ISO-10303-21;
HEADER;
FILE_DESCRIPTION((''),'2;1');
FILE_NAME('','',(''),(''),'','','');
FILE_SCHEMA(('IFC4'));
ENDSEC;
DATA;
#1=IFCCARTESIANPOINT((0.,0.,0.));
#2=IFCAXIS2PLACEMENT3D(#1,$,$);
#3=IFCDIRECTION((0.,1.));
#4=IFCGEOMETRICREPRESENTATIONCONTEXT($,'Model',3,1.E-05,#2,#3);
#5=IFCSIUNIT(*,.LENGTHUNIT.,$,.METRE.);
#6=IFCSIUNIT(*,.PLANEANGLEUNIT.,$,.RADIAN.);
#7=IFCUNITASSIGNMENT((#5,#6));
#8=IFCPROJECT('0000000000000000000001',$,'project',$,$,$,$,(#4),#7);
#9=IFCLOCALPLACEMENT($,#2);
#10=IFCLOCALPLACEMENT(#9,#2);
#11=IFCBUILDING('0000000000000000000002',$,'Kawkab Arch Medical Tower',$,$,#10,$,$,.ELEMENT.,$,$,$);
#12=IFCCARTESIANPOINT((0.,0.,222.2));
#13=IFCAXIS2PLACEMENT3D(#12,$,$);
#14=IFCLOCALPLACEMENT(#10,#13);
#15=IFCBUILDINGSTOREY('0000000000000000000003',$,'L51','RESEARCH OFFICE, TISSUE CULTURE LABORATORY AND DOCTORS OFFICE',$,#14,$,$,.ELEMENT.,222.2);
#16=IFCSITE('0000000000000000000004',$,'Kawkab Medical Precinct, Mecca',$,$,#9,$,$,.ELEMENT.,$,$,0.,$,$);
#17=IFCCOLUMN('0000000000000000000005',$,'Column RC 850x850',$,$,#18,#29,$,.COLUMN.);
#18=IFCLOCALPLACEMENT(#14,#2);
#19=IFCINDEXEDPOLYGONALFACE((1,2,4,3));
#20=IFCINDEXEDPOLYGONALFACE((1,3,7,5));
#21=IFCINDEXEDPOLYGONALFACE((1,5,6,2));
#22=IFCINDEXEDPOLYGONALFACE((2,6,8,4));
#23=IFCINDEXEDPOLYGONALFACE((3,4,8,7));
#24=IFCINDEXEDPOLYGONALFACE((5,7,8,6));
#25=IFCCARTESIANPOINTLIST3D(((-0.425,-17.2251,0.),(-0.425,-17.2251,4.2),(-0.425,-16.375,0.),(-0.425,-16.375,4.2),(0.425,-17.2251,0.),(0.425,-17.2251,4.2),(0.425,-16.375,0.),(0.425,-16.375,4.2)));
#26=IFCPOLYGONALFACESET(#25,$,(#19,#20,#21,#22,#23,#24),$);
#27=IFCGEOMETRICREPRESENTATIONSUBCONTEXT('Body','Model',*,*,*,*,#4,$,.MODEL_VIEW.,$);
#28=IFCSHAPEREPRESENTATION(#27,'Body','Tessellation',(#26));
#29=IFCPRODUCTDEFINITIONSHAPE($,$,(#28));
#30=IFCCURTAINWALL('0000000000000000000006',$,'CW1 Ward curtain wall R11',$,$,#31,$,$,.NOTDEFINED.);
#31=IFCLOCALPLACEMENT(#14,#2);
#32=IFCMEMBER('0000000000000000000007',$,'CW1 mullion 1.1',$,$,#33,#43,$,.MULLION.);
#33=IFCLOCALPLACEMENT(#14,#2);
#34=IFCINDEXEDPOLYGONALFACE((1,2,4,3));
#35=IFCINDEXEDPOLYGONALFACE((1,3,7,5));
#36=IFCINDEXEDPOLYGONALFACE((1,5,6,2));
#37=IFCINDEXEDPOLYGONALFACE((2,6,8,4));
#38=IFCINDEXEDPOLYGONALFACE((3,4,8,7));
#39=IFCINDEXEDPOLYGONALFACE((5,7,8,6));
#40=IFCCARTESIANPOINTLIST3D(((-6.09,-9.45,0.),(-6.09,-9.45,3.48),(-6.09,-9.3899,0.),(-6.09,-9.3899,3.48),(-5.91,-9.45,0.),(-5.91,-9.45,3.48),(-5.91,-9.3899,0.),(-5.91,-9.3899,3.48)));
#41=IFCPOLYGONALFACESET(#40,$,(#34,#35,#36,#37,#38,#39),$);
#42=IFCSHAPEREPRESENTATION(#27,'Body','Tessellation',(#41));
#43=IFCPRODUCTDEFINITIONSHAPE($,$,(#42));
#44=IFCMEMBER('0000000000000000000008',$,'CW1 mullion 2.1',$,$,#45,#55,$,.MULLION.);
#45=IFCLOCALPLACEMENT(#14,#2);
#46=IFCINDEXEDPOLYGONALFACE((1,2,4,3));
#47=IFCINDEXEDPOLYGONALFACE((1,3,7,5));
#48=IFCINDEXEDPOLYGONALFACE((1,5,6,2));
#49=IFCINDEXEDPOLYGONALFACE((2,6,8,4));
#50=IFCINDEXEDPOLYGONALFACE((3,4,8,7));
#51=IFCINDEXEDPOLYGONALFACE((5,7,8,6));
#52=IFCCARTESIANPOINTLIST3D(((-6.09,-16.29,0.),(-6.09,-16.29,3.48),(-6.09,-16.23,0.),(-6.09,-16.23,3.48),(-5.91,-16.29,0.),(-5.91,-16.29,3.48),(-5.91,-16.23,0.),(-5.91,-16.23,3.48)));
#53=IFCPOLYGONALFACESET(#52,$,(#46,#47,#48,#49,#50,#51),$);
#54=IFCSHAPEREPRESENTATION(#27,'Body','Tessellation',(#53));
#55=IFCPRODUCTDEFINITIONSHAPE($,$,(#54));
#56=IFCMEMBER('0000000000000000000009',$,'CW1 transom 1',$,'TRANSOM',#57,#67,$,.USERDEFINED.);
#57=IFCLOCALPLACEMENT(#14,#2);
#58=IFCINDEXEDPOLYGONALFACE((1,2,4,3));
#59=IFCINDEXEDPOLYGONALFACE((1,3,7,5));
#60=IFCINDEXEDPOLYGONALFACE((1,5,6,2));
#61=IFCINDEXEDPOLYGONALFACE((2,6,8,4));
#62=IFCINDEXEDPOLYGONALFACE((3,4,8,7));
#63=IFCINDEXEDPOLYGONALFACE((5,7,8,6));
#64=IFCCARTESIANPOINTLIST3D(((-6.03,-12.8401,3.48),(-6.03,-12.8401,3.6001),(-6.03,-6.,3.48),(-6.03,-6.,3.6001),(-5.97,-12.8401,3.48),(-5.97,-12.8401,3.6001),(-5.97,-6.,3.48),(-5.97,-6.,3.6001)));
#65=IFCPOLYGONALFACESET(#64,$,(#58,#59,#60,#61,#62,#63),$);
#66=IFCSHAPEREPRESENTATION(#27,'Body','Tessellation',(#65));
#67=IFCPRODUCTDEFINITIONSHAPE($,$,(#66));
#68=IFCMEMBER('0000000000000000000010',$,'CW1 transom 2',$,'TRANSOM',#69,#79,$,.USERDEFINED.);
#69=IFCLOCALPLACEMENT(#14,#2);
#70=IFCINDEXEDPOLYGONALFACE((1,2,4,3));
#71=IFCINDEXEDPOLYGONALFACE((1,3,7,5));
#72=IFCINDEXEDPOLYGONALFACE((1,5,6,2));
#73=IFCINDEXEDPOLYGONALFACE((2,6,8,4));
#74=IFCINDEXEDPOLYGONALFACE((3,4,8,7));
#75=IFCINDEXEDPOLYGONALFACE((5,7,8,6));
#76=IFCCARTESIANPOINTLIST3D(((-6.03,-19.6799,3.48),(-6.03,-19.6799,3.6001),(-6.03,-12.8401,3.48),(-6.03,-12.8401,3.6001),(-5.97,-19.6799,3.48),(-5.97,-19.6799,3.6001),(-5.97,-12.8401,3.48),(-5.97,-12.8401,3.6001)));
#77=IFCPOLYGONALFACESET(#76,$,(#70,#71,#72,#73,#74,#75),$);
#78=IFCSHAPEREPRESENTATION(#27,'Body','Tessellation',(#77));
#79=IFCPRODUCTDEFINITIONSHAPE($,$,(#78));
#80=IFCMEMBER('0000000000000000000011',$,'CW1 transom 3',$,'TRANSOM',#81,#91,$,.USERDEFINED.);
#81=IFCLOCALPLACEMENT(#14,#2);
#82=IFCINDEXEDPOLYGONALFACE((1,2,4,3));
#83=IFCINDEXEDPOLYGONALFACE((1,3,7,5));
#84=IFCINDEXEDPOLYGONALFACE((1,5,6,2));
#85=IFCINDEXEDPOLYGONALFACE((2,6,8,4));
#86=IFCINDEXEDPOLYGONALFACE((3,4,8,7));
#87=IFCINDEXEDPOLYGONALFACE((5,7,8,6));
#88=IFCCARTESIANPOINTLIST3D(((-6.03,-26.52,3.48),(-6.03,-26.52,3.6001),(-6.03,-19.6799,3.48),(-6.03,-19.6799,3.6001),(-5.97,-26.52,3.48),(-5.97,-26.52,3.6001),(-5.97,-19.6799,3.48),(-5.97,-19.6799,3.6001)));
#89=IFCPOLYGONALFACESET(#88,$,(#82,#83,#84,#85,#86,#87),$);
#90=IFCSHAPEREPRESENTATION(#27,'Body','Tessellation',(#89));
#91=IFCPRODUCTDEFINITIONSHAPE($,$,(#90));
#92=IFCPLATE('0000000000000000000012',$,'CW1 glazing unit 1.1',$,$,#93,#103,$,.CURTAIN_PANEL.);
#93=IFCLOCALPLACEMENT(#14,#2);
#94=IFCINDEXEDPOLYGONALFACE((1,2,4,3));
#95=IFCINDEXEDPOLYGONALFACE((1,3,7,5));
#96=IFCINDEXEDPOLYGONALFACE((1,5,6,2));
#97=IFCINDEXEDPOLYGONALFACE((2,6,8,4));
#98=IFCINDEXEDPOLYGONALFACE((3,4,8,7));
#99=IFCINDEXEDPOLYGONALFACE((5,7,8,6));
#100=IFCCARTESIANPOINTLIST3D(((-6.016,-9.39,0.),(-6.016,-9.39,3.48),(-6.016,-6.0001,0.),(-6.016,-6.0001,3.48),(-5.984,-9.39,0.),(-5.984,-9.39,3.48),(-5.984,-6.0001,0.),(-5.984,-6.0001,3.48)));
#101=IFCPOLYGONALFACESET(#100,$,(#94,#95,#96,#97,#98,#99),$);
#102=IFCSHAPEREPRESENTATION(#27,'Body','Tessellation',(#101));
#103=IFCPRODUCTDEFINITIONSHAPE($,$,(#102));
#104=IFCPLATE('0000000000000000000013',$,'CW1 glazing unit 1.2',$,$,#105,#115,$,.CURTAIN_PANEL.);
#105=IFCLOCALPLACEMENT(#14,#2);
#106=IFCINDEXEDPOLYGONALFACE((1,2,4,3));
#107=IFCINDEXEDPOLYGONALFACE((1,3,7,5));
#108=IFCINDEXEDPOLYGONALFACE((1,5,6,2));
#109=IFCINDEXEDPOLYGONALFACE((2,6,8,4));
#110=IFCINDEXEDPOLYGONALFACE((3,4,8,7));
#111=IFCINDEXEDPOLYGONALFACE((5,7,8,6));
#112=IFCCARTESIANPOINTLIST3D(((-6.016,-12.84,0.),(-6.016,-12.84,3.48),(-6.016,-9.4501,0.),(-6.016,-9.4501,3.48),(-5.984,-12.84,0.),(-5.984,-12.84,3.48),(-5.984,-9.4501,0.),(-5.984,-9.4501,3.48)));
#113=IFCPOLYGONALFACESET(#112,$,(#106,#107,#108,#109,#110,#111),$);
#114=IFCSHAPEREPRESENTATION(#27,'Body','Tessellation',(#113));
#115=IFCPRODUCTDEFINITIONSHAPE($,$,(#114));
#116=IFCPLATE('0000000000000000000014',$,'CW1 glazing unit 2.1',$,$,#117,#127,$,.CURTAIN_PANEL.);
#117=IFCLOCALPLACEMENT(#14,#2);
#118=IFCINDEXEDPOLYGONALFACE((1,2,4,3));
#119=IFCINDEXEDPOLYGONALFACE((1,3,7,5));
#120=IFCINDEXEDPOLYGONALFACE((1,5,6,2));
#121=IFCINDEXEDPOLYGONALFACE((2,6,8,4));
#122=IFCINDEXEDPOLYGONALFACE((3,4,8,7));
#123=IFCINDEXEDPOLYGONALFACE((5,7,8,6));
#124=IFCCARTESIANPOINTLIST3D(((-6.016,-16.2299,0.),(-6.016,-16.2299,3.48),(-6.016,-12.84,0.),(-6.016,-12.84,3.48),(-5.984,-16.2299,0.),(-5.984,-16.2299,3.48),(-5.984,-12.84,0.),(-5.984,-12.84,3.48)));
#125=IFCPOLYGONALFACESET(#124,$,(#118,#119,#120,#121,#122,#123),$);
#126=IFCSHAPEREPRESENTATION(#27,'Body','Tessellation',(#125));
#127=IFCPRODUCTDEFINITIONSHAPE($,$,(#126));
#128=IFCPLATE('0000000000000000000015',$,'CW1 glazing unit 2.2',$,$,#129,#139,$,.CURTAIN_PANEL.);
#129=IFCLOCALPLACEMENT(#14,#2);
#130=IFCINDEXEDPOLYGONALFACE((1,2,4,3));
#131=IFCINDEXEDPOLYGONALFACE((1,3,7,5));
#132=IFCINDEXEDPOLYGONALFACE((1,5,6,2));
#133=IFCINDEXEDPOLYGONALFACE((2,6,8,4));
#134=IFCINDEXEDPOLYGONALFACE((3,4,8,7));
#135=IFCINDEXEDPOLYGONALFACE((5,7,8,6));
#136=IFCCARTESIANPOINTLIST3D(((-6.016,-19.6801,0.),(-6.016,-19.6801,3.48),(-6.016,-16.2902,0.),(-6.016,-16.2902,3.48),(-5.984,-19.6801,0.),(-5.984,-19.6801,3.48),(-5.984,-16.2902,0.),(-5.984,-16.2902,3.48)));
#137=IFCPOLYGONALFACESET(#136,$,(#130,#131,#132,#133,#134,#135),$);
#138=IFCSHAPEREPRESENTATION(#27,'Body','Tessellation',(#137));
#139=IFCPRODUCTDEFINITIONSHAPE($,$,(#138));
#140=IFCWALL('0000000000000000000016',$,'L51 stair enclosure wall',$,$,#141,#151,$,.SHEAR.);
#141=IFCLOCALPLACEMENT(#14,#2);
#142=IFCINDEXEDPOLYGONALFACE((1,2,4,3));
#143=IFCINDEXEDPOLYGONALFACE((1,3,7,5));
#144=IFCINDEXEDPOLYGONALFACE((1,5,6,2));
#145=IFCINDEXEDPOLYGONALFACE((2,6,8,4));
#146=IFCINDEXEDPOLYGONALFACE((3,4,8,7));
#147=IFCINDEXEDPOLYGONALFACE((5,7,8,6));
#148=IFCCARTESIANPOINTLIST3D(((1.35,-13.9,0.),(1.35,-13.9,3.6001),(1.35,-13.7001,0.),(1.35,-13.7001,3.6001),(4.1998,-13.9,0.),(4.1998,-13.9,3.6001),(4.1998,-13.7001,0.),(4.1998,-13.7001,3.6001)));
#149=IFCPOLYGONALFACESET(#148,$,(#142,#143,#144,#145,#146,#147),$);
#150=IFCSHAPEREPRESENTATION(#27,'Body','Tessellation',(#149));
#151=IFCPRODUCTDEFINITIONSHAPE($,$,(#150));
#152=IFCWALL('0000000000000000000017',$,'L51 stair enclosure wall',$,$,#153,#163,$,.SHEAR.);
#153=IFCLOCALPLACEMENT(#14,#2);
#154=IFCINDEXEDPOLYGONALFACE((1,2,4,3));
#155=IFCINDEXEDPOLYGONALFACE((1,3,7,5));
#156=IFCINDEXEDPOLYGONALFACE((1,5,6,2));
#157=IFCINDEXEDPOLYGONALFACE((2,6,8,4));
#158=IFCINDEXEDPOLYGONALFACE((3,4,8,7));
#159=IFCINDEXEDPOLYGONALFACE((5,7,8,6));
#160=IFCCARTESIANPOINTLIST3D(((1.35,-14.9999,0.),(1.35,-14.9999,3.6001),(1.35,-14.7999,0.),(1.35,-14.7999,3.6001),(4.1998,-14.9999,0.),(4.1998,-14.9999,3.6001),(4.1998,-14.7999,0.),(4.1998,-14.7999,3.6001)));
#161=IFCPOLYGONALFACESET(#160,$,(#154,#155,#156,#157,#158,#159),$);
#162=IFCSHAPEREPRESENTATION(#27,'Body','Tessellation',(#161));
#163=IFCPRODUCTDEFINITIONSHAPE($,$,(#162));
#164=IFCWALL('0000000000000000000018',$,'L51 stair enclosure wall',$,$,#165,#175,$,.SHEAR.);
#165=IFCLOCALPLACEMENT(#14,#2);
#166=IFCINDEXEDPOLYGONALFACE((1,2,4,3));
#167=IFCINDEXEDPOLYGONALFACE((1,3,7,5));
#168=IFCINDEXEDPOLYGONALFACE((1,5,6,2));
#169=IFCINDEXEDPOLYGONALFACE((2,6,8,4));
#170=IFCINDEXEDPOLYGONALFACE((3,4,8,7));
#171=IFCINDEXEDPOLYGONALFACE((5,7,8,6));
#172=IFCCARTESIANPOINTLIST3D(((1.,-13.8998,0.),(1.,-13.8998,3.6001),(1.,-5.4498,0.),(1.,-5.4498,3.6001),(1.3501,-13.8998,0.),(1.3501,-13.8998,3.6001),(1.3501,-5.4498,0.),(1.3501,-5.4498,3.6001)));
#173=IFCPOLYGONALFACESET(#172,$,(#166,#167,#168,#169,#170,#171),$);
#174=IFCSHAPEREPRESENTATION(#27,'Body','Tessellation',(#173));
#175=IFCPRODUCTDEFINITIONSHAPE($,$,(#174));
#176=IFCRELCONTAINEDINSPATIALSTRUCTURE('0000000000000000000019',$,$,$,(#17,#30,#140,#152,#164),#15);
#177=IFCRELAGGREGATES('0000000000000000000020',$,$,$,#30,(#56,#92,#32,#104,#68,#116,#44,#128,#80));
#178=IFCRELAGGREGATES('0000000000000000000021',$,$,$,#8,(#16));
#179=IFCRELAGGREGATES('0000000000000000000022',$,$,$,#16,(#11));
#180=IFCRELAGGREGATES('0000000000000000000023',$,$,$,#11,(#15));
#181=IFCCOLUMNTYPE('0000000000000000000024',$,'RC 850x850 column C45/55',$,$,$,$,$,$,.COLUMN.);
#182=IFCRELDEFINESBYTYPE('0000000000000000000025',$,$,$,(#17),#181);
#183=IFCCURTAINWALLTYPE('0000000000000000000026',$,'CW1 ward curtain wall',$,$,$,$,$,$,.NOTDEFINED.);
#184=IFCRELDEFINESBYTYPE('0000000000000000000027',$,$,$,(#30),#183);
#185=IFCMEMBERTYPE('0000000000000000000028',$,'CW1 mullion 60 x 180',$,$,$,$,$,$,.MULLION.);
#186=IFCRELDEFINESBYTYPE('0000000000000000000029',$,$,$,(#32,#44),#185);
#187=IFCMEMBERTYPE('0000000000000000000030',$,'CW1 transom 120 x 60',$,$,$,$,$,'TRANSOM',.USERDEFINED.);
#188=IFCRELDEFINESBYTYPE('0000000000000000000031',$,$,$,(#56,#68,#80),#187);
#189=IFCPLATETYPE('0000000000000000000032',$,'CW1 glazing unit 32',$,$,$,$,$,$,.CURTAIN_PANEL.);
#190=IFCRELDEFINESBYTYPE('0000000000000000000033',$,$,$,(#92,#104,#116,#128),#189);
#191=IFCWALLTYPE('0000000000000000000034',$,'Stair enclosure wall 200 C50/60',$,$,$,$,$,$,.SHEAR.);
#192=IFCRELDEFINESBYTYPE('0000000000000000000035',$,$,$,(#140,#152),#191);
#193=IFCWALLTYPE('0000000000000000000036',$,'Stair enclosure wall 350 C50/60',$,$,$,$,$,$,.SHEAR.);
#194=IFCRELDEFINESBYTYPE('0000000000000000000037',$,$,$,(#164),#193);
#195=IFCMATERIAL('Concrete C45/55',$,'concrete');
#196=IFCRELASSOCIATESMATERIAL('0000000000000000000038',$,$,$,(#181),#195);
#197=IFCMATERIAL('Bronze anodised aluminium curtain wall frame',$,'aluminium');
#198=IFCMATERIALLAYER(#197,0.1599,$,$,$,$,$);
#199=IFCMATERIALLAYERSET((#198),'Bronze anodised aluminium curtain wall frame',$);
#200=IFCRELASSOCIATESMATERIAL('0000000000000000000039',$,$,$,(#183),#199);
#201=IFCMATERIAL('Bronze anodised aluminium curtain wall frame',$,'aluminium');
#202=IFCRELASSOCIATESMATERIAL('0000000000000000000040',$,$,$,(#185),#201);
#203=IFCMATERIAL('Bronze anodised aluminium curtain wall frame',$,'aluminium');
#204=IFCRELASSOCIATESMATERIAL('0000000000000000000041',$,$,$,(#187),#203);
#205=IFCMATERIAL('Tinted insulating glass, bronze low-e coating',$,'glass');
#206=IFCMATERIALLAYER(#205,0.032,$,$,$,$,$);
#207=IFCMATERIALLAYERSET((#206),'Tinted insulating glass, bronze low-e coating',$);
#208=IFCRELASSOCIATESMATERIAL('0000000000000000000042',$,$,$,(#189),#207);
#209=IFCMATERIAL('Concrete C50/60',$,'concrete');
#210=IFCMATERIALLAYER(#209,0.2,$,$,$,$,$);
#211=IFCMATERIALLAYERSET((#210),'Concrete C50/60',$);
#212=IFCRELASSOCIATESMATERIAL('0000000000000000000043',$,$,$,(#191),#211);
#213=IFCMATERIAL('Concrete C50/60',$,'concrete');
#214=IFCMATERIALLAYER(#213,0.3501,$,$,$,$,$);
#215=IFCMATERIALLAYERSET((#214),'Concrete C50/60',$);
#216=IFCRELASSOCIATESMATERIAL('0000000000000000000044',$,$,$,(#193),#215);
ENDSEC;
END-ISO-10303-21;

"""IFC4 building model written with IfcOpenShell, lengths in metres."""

from ifc_helpers import new_model, si_unit, direction, frame, frame_2d, origin, origin_2d, place, context, subcontext, project, spatial, rectangle, extrude, material, layer, layer_set, material_profile, profile_set, type_object, element, aggregate, save


model = new_model("IFC4")

# Units and contexts
model_context = context("Model", 3, precision=1e-05, world=origin(), true_north=direction((0.0, 1.0)))
body_context = subcontext(model_context, "Body", "Model", "MODEL_VIEW")
ifc_project = project(units=[si_unit("LENGTHUNIT", "METRE"), si_unit("PLANEANGLEUNIT", "RADIAN")], contexts=[model_context])

# Site, building, storey
site_placement = place(None, origin())
site = spatial("IfcSite", under=ifc_project, at=site_placement, Name="Kawkab Medical Precinct, Mecca", CompositionType="ELEMENT", RefElevation=0.0)
building_placement = place(site_placement, origin())
building = spatial("IfcBuilding", under=site, at=building_placement, Name="Kawkab Arch Medical Tower", CompositionType="ELEMENT")
storey_placement = place(building_placement, frame((0.0, 0.0, 222.2)))
storey = spatial("IfcBuildingStorey", under=building, at=storey_placement, Name="L51", Description="RESEARCH OFFICE, TISSUE CULTURE LABORATORY AND DOCTORS OFFICE", CompositionType="ELEMENT", Elevation=222.2)

# Column
ifc_material_1 = material(Name="Concrete C45/55", Category="concrete")
ifc_material_profile_1 = material_profile(ifc_material_1, rectangle(XDim=0.8501, YDim=0.8501, at=origin_2d()), Name="RC 850x850")
ifc_profile_set_1 = profile_set([ifc_material_profile_1], Name="Concrete C45/55")
column_type = type_object("IfcColumnType", Name="RC 850x850 column C45/55", PredefinedType="COLUMN", material=ifc_profile_set_1)
column_placement = place(storey_placement, frame((0.0, -16.8, 0.0), z_axis=(0.0, 0.0, 1.0), x_axis=(1.0, 0.0, 0.0)))
element("IfcColumn", 1, at=column_placement, inside=storey, type_object=column_type, Name="Column RC 850x850", PredefinedType="COLUMN", context=body_context, shape_type="SweptSolid", body=[
    extrude(rectangle(XDim=0.8501, YDim=0.8501, at=origin_2d()), origin(), (0.0, 0.0, 1.0), 4.2),
])

# Curtain wall, members, plates
ifc_material_2 = material(Name="Bronze anodised aluminium curtain wall frame", Category="aluminium")
ifc_layer_1 = layer(ifc_material_2, 0.1599)
ifc_layer_set_1 = layer_set([ifc_layer_1], Name="Bronze anodised aluminium curtain wall frame")
curtain_wall_type = type_object("IfcCurtainWallType", Name="CW1 ward curtain wall", PredefinedType="NOTDEFINED", material=ifc_layer_set_1)
placement = place(storey_placement, origin())
curtain_wall = element("IfcCurtainWall", 2, at=placement, inside=storey, type_object=curtain_wall_type, Name="CW1 Ward curtain wall R11", PredefinedType="NOTDEFINED")
ifc_material_3 = material(Name="Bronze anodised aluminium curtain wall frame", Category="aluminium")
ifc_material_profile_2 = material_profile(ifc_material_3, rectangle(XDim=0.1799, YDim=0.0601, at=origin_2d()), Name="AL 60x180")
ifc_profile_set_2 = profile_set([ifc_material_profile_2], Name="Bronze anodised aluminium curtain wall frame")
member_type_1 = type_object("IfcMemberType", Name="CW1 mullion 60 x 180", PredefinedType="MULLION", material=ifc_profile_set_2)
member_1_placement = place(storey_placement, frame((-6.0, -9.4199, 0.0), z_axis=(0.0, 0.0, 1.0), x_axis=(1.0, 0.0, 0.0)))
member_1 = element("IfcMember", 3, at=member_1_placement, type_object=member_type_1, Name="CW1 mullion 1.1", PredefinedType="MULLION", context=body_context, shape_type="SweptSolid", body=[
    extrude(rectangle(XDim=0.1799, YDim=0.0601, at=origin_2d()), origin(), (0.0, 0.0, 1.0), 3.48),
])
member_2_placement = place(storey_placement, frame((-6.0, -16.26, 0.0), z_axis=(0.0, 0.0, 1.0), x_axis=(1.0, 0.0, 0.0)))
member_2 = element("IfcMember", 4, at=member_2_placement, type_object=member_type_1, Name="CW1 mullion 2.1", PredefinedType="MULLION", context=body_context, shape_type="SweptSolid", body=[
    extrude(rectangle(XDim=0.1799, YDim=0.0601, at=origin_2d()), origin(), (0.0, 0.0, 1.0), 3.48),
])
ifc_material_4 = material(Name="Bronze anodised aluminium curtain wall frame", Category="aluminium")
ifc_material_profile_3 = material_profile(ifc_material_4, rectangle(XDim=0.0601, YDim=0.1201, at=origin_2d()), Name="AL 60x120")
ifc_profile_set_3 = profile_set([ifc_material_profile_3], Name="Bronze anodised aluminium curtain wall frame")
member_type_2 = type_object("IfcMemberType", Name="CW1 transom 120 x 60", ElementType="TRANSOM", PredefinedType="USERDEFINED", material=ifc_profile_set_3)
member_3_placement = place(storey_placement, frame((-6.0, -6.0, 3.54), z_axis=(0.0, -1.0, 0.0), x_axis=(1.0, 0.0, 0.0)))
member_3 = element("IfcMember", 5, at=member_3_placement, type_object=member_type_2, Name="CW1 transom 1", ObjectType="TRANSOM", PredefinedType="USERDEFINED", context=body_context, shape_type="SweptSolid", body=[
    extrude(rectangle(XDim=0.0601, YDim=0.1201, at=origin_2d()), origin(), (0.0, 0.0, 1.0), 6.8401),
])
member_4_placement = place(storey_placement, frame((-6.0, -12.8401, 3.54), z_axis=(0.0, -1.0, 0.0), x_axis=(1.0, 0.0, 0.0)))
member_4 = element("IfcMember", 6, at=member_4_placement, type_object=member_type_2, Name="CW1 transom 2", ObjectType="TRANSOM", PredefinedType="USERDEFINED", context=body_context, shape_type="SweptSolid", body=[
    extrude(rectangle(XDim=0.0601, YDim=0.1201, at=origin_2d()), origin(), (0.0, 0.0, 1.0), 6.8398),
])
member_5_placement = place(storey_placement, frame((-6.0, -19.6799, 3.54), z_axis=(0.0, -1.0, 0.0), x_axis=(1.0, 0.0, 0.0)))
member_5 = element("IfcMember", 7, at=member_5_placement, type_object=member_type_2, Name="CW1 transom 3", ObjectType="TRANSOM", PredefinedType="USERDEFINED", context=body_context, shape_type="SweptSolid", body=[
    extrude(rectangle(XDim=0.0601, YDim=0.1201, at=origin_2d()), origin(), (0.0, 0.0, 1.0), 6.8401),
])
ifc_material_5 = material(Name="Tinted insulating glass, bronze low-e coating", Category="glass")
ifc_layer_2 = layer(ifc_material_5, 0.032)
ifc_layer_set_2 = layer_set([ifc_layer_2], Name="Tinted insulating glass, bronze low-e coating")
plate_type = type_object("IfcPlateType", Name="CW1 glazing unit 32", PredefinedType="CURTAIN_PANEL", material=ifc_layer_set_2)
plate_1_placement = place(storey_placement, frame((-6.0, -7.6951, 0.0), z_axis=(0.0, 0.0, 1.0), x_axis=(0.0, -1.0, 0.0)))
plate_1 = element("IfcPlate", 8, at=plate_1_placement, type_object=plate_type, Name="CW1 glazing unit 1.1", PredefinedType="CURTAIN_PANEL", context=body_context, shape_type="SweptSolid", body=[
    extrude(rectangle(XDim=3.3899, YDim=0.032, at=origin_2d()), origin(), (0.0, 0.0, 1.0), 3.48),
])
plate_2_placement = place(storey_placement, frame((-6.0, -11.145, 0.0), z_axis=(0.0, 0.0, 1.0), x_axis=(0.0, -1.0, 0.0)))
plate_2 = element("IfcPlate", 9, at=plate_2_placement, type_object=plate_type, Name="CW1 glazing unit 1.2", PredefinedType="CURTAIN_PANEL", context=body_context, shape_type="SweptSolid", body=[
    extrude(rectangle(XDim=3.3899, YDim=0.032, at=origin_2d()), origin(), (0.0, 0.0, 1.0), 3.48),
])
plate_3_placement = place(storey_placement, frame((-6.0, -14.5349, 0.0), z_axis=(0.0, 0.0, 1.0), x_axis=(0.0, -1.0, 0.0)))
plate_3 = element("IfcPlate", 10, at=plate_3_placement, type_object=plate_type, Name="CW1 glazing unit 2.1", PredefinedType="CURTAIN_PANEL", context=body_context, shape_type="SweptSolid", body=[
    extrude(rectangle(XDim=3.3899, YDim=0.032, at=origin_2d()), origin(), (0.0, 0.0, 1.0), 3.48),
])
plate_4_placement = place(storey_placement, frame((-6.0, -17.9851, 0.0), z_axis=(0.0, 0.0, 1.0), x_axis=(0.0, -1.0, 0.0)))
plate_4 = element("IfcPlate", 11, at=plate_4_placement, type_object=plate_type, Name="CW1 glazing unit 2.2", PredefinedType="CURTAIN_PANEL", context=body_context, shape_type="SweptSolid", body=[
    extrude(rectangle(XDim=3.3899, YDim=0.032, at=origin_2d()), origin(), (0.0, 0.0, 1.0), 3.48),
])
aggregate(curtain_wall, [member_3, plate_1, member_1, plate_2, member_4, plate_3, member_2, plate_4, member_5])

# Walls
ifc_material_6 = material(Name="Concrete C50/60", Category="concrete")
ifc_layer_3 = layer(ifc_material_6, 0.2)
ifc_layer_set_3 = layer_set([ifc_layer_3], Name="Concrete C50/60")
wall_type_1 = type_object("IfcWallType", Name="Stair enclosure wall 200 C50/60", PredefinedType="SHEAR", material=ifc_layer_set_3)
for number, where, z_axis, x_axis, name in (
    (12, (1.3501, -13.8, 0.0), (0.0, 0.0, 1.0), (1.0, 0.0, 0.0), "L51 stair enclosure wall"),
    (13, (1.3501, -14.8999, 0.0), (0.0, 0.0, 1.0), (1.0, 0.0, 0.0), "L51 stair enclosure wall"),
):
    element("IfcWall", number, at=place(storey_placement, frame(where, z_axis=z_axis, x_axis=x_axis)), inside=storey, type_object=wall_type_1, Name=name, PredefinedType="SHEAR", context=body_context, shape_type="SweptSolid", body=[
        extrude(rectangle(XDim=2.8499, YDim=0.2, at=frame_2d((1.4248, 0.0))), origin(), (0.0, 0.0, 1.0), 3.6001),
    ])
ifc_material_7 = material(Name="Concrete C50/60", Category="concrete")
ifc_layer_4 = layer(ifc_material_7, 0.3501)
ifc_layer_set_4 = layer_set([ifc_layer_4], Name="Concrete C50/60")
wall_type_2 = type_object("IfcWallType", Name="Stair enclosure wall 350 C50/60", PredefinedType="SHEAR", material=ifc_layer_set_4)
wall_placement = place(storey_placement, frame((1.175, -13.8999, 0.0), z_axis=(0.0, 0.0, 1.0), x_axis=(0.0, 1.0, 0.0)))
element("IfcWall", 14, at=wall_placement, inside=storey, type_object=wall_type_2, Name="L51 stair enclosure wall", PredefinedType="SHEAR", context=body_context, shape_type="SweptSolid", body=[
    extrude(rectangle(XDim=8.45, YDim=0.3501, at=frame_2d((4.2251, 0.0))), origin(), (0.0, 0.0, 1.0), 3.6001),
])

save(model, "model.ifc")
